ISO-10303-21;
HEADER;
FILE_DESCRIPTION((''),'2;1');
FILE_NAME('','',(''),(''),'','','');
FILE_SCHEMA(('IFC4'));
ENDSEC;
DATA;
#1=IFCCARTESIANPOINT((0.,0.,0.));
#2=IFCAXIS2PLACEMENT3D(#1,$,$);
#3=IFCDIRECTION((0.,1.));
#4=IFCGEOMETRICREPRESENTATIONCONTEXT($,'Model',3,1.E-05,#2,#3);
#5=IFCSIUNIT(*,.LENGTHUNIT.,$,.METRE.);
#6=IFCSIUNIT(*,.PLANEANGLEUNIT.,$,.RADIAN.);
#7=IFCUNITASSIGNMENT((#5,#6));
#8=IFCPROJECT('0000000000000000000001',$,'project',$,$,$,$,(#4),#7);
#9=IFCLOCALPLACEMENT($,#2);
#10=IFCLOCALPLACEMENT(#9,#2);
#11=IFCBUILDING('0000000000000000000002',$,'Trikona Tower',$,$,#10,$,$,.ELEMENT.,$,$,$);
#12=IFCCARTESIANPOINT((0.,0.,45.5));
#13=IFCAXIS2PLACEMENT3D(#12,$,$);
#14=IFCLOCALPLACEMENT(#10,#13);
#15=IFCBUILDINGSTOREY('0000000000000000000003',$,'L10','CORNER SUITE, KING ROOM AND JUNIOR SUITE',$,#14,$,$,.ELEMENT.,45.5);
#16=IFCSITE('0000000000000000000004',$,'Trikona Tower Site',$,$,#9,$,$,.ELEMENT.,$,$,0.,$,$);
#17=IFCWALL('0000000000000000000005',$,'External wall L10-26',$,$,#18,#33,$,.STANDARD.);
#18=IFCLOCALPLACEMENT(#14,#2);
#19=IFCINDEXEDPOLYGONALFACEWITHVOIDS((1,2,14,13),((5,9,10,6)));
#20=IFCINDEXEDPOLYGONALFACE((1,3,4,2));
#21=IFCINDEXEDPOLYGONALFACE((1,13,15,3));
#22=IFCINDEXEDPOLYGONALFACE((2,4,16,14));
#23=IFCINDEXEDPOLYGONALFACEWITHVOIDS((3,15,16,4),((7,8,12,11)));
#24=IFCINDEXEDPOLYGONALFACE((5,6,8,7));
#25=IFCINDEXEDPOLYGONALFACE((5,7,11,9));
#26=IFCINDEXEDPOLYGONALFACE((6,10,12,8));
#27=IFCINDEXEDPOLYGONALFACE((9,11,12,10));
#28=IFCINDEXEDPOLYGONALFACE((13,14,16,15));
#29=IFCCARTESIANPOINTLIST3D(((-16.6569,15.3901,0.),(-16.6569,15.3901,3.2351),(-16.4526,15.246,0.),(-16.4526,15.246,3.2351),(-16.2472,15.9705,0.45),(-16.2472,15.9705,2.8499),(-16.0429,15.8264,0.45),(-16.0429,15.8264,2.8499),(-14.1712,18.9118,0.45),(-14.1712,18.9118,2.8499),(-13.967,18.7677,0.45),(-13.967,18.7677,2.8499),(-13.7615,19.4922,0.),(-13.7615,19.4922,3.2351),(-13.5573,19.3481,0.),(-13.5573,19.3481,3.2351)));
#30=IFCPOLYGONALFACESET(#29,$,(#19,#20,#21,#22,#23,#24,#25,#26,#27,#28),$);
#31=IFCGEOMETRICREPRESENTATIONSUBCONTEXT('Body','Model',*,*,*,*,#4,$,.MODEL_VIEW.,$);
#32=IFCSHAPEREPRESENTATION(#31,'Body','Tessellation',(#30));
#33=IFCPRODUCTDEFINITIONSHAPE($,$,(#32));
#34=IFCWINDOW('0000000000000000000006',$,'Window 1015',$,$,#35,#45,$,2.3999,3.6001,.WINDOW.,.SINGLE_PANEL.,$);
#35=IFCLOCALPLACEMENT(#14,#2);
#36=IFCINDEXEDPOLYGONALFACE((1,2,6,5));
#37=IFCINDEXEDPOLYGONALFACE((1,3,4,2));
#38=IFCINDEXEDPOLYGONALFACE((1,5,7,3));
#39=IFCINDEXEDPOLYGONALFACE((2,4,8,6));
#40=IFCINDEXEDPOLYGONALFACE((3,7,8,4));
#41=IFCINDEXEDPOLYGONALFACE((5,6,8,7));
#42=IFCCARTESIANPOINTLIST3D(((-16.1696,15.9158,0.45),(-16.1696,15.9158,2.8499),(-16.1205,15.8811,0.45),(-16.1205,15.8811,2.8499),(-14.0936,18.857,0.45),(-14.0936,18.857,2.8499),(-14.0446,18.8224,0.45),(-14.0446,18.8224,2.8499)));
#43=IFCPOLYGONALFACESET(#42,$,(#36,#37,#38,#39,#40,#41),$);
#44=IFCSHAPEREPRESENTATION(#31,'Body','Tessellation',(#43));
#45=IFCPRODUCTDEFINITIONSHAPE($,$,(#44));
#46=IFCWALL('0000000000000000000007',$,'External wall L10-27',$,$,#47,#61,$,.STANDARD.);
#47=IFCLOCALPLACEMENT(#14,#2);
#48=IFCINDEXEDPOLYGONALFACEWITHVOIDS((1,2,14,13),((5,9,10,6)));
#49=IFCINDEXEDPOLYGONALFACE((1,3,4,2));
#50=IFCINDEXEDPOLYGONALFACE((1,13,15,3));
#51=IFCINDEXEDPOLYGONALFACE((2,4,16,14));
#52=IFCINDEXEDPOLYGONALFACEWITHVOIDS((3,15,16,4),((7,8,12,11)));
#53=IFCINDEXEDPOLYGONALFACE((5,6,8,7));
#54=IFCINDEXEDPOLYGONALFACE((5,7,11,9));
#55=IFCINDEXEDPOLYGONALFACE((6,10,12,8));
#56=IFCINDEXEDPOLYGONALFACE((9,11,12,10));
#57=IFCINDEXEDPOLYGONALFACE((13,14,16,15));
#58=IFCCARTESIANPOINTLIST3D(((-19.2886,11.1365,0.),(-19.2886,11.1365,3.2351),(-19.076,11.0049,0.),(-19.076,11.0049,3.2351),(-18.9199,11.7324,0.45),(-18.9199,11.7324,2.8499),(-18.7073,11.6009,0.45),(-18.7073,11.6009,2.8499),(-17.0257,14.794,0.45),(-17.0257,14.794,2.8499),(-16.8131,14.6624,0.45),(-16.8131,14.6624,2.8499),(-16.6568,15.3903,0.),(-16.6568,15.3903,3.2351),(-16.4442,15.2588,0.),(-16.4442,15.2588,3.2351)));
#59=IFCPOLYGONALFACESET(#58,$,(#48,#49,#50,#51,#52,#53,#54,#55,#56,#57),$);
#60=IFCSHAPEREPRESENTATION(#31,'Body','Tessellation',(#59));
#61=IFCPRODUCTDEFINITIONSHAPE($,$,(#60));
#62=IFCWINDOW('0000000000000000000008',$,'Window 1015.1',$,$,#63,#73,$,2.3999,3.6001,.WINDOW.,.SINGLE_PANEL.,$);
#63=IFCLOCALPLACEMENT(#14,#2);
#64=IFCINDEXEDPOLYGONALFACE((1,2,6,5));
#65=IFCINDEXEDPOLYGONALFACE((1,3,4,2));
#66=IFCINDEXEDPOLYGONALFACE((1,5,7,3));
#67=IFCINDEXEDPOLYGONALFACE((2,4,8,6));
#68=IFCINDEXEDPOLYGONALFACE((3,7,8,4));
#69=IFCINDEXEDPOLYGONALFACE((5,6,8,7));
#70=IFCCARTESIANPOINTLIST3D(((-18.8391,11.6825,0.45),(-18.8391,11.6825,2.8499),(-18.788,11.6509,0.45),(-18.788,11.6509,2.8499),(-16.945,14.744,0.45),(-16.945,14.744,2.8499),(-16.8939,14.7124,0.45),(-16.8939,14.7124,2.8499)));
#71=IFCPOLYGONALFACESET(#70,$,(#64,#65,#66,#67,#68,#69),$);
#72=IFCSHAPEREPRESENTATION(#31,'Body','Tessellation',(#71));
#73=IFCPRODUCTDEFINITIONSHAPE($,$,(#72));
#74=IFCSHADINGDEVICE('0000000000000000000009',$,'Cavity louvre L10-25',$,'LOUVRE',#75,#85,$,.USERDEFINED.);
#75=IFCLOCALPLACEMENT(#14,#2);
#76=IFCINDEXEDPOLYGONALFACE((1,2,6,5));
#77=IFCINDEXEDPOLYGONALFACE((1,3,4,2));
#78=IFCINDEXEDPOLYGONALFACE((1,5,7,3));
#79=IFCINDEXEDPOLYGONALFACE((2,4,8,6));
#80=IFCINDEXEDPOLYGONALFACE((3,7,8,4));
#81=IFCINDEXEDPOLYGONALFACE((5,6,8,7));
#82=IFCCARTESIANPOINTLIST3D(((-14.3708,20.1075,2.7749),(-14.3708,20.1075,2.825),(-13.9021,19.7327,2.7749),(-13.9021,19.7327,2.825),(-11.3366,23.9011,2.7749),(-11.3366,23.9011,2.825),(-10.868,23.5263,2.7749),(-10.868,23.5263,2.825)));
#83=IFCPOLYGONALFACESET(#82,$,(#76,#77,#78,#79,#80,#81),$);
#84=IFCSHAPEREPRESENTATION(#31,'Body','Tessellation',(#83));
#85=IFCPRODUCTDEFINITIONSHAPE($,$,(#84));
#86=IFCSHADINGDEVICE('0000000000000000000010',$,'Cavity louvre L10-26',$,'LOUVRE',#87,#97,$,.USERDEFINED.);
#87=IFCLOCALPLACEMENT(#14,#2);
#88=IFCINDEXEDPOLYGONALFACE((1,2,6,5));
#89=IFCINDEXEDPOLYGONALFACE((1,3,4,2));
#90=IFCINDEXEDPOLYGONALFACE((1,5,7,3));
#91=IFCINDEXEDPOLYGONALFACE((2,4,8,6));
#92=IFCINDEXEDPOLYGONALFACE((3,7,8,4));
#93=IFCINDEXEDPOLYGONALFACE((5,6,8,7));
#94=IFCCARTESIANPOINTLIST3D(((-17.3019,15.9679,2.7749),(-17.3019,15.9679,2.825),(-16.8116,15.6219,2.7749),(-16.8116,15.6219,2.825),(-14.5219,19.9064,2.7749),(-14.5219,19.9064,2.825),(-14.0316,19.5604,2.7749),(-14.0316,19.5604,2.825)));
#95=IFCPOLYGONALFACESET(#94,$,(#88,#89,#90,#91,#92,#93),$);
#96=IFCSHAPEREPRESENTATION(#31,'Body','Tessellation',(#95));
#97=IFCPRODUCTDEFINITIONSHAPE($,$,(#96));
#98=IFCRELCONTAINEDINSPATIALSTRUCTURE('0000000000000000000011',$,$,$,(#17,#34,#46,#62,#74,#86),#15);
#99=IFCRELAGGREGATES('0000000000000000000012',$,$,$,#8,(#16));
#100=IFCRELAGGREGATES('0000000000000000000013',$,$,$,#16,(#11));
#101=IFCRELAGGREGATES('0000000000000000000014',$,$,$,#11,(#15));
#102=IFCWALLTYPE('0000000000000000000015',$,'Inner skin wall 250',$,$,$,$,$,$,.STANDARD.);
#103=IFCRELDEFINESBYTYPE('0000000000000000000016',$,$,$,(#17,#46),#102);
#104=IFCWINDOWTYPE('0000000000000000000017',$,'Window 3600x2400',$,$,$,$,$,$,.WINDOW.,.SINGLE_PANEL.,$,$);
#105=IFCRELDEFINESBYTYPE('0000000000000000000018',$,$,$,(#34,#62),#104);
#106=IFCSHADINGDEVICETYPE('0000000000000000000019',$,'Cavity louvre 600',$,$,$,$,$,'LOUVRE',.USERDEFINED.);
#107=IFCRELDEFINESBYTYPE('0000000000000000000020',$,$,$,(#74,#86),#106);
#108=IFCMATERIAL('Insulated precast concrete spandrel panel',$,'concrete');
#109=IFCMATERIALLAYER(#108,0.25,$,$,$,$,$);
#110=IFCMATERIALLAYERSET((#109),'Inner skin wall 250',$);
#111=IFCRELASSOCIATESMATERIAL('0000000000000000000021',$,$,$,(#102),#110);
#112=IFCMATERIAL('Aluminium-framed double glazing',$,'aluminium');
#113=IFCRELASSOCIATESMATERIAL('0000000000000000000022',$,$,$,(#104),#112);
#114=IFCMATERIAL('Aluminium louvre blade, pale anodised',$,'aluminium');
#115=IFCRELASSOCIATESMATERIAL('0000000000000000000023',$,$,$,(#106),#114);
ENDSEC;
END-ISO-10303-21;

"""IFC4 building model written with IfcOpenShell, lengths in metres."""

from ifc_helpers import new_model, si_unit, direction, frame, frame_2d, origin, origin_2d, place, context, subcontext, project, spatial, rectangle, extrude, material, layer, layer_set, type_object, element, fill, save


model = new_model("IFC4")

# Units and contexts
model_context = context("Model", 3, precision=1e-05, world=origin(), true_north=direction((0.0, 1.0)))
body_context = subcontext(model_context, "Body", "Model", "MODEL_VIEW")
ifc_project = project(units=[si_unit("LENGTHUNIT", "METRE"), si_unit("PLANEANGLEUNIT", "RADIAN")], contexts=[model_context])

# Site, building, storey
site_placement = place(None, origin())
site = spatial("IfcSite", under=ifc_project, at=site_placement, Name="Trikona Tower Site", CompositionType="ELEMENT", RefElevation=0.0)
building_placement = place(site_placement, origin())
building = spatial("IfcBuilding", under=site, at=building_placement, Name="Trikona Tower", CompositionType="ELEMENT")
storey_placement = place(building_placement, frame((0.0, 0.0, 45.5)))
storey = spatial("IfcBuildingStorey", under=building, at=storey_placement, Name="L10", Description="CORNER SUITE, KING ROOM AND JUNIOR SUITE", CompositionType="ELEMENT", Elevation=45.5)

# Walls, openings, windows
ifc_material_1 = material(Name="Insulated precast concrete spandrel panel", Category="concrete")
ifc_layer_1 = layer(ifc_material_1, 0.25)
ifc_layer_set_1 = layer_set([ifc_layer_1], Name="Inner skin wall 250")
wall_type = type_object("IfcWallType", Name="Inner skin wall 250", PredefinedType="STANDARD", material=ifc_layer_set_1)
ifc_material_2 = material(Name="Aluminium-framed double glazing", Category="aluminium")
window_type = type_object("IfcWindowType", Name="Window 3600x2400", PartitioningType="SINGLE_PANEL", PredefinedType="WINDOW", material=ifc_material_2)
wall_1_placement = place(storey_placement, frame((-13.6594, 19.4202, 0.0), z_axis=(0.0, 0.0, 1.0), x_axis=(-0.576643, -0.816996, 0.0)))
wall_1 = element("IfcWall", 1, at=wall_1_placement, inside=storey, type_object=wall_type, Name="External wall L10-26", PredefinedType="STANDARD", context=body_context, shape_type="SweptSolid", body=[
    extrude(rectangle(XDim=5.021, YDim=0.25, at=frame_2d((2.5105, 0.0))), origin(), (0.0, 0.0, 1.0), 3.2351),
])
opening_1_placement = place(wall_1_placement, frame((0.7104, 0.0, 0.45)))
opening_1 = element("IfcOpeningElement", 2, at=opening_1_placement, cuts=wall_1, PredefinedType="OPENING", context=body_context, shape_type="SweptSolid", body=[
    extrude(rectangle(XDim=3.6001, YDim=2.3999, at=frame_2d((1.8, 1.2))), frame((0.0, 0.135, 0.0), z_axis=(0.0, -1.0, 0.0), x_axis=(1.0, 0.0, 0.0)), (0.0, 0.0, 1.0), 0.27),
])
window_1_placement = place(opening_1_placement, origin())
window_1 = element("IfcWindow", 3, at=window_1_placement, inside=storey, type_object=window_type, Name="Window 1015", OverallHeight=2.3999, OverallWidth=3.6001, PartitioningType="SINGLE_PANEL", PredefinedType="WINDOW", context=body_context, shape_type="SweptSolid", body=[
    extrude(rectangle(XDim=3.6001, YDim=2.3999, at=frame_2d((1.8, 1.2))), frame((0.0, 0.03, 0.0), z_axis=(0.0, -1.0, 0.0), x_axis=(1.0, 0.0, 0.0)), (0.0, 0.0, 1.0), 0.0601),
])
fill(opening_1, window_1)
wall_2_placement = place(storey_placement, frame((-16.5505, 15.3245, 0.0), z_axis=(0.0, 0.0, 1.0), x_axis=(-0.526133, -0.850402, 0.0)))
wall_2 = element("IfcWall", 4, at=wall_2_placement, inside=storey, type_object=wall_type, Name="External wall L10-27", PredefinedType="STANDARD", context=body_context, shape_type="SweptSolid", body=[
    extrude(rectangle(XDim=5.0022, YDim=0.25, at=frame_2d((2.501, 0.0))), origin(), (0.0, 0.0, 1.0), 3.2351),
])
opening_2_placement = place(wall_2_placement, frame((0.7012, 0.0, 0.45)))
opening_2 = element("IfcOpeningElement", 5, at=opening_2_placement, cuts=wall_2, PredefinedType="OPENING", context=body_context, shape_type="SweptSolid", body=[
    extrude(rectangle(XDim=3.6001, YDim=2.3999, at=frame_2d((1.8, 1.2))), frame((0.0, 0.135, 0.0), z_axis=(0.0, -1.0, 0.0), x_axis=(1.0, 0.0, 0.0)), (0.0, 0.0, 1.0), 0.27),
])
window_2_placement = place(opening_2_placement, origin())
window_2 = element("IfcWindow", 6, at=window_2_placement, inside=storey, type_object=window_type, Name="Window 1015.1", OverallHeight=2.3999, OverallWidth=3.6001, PartitioningType="SINGLE_PANEL", PredefinedType="WINDOW", context=body_context, shape_type="SweptSolid", body=[
    extrude(rectangle(XDim=3.6001, YDim=2.3999, at=frame_2d((1.8, 1.2))), frame((0.0, 0.03, 0.0), z_axis=(0.0, -1.0, 0.0), x_axis=(1.0, 0.0, 0.0)), (0.0, 0.0, 1.0), 0.0601),
])
fill(opening_2, window_2)

# Shading devices
ifc_material_3 = material(Name="Aluminium louvre blade, pale anodised", Category="aluminium")
shading_device_type = type_object("IfcShadingDeviceType", Name="Cavity louvre 600", ElementType="LOUVRE", PredefinedType="USERDEFINED", material=ifc_material_3)
shading_device_1_placement = place(storey_placement, frame((-12.6194, 21.8169, 2.7749), z_axis=(0.0, 0.0, 1.0), x_axis=(-0.624604, -0.780942, 0.0)))
element("IfcShadingDevice", 7, at=shading_device_1_placement, inside=storey, type_object=shading_device_type, Name="Cavity louvre L10-25", ObjectType="LOUVRE", PredefinedType="USERDEFINED", context=body_context, shape_type="SweptSolid", body=[
    extrude(rectangle(XDim=4.8577, YDim=0.6001, at=origin_2d()), origin(), (0.0, 0.0, 1.0), 0.05),
])
shading_device_2_placement = place(storey_placement, frame((-15.6667, 17.7642, 2.7749), z_axis=(0.0, 0.0, 1.0), x_axis=(-0.576662, -0.816983, 0.0)))
element("IfcShadingDevice", 8, at=shading_device_2_placement, inside=storey, type_object=shading_device_type, Name="Cavity louvre L10-26", ObjectType="LOUVRE", PredefinedType="USERDEFINED", context=body_context, shape_type="SweptSolid", body=[
    extrude(rectangle(XDim=4.8208, YDim=0.6001, at=origin_2d()), origin(), (0.0, 0.0, 1.0), 0.05),
])

save(model, "model.ifc")
